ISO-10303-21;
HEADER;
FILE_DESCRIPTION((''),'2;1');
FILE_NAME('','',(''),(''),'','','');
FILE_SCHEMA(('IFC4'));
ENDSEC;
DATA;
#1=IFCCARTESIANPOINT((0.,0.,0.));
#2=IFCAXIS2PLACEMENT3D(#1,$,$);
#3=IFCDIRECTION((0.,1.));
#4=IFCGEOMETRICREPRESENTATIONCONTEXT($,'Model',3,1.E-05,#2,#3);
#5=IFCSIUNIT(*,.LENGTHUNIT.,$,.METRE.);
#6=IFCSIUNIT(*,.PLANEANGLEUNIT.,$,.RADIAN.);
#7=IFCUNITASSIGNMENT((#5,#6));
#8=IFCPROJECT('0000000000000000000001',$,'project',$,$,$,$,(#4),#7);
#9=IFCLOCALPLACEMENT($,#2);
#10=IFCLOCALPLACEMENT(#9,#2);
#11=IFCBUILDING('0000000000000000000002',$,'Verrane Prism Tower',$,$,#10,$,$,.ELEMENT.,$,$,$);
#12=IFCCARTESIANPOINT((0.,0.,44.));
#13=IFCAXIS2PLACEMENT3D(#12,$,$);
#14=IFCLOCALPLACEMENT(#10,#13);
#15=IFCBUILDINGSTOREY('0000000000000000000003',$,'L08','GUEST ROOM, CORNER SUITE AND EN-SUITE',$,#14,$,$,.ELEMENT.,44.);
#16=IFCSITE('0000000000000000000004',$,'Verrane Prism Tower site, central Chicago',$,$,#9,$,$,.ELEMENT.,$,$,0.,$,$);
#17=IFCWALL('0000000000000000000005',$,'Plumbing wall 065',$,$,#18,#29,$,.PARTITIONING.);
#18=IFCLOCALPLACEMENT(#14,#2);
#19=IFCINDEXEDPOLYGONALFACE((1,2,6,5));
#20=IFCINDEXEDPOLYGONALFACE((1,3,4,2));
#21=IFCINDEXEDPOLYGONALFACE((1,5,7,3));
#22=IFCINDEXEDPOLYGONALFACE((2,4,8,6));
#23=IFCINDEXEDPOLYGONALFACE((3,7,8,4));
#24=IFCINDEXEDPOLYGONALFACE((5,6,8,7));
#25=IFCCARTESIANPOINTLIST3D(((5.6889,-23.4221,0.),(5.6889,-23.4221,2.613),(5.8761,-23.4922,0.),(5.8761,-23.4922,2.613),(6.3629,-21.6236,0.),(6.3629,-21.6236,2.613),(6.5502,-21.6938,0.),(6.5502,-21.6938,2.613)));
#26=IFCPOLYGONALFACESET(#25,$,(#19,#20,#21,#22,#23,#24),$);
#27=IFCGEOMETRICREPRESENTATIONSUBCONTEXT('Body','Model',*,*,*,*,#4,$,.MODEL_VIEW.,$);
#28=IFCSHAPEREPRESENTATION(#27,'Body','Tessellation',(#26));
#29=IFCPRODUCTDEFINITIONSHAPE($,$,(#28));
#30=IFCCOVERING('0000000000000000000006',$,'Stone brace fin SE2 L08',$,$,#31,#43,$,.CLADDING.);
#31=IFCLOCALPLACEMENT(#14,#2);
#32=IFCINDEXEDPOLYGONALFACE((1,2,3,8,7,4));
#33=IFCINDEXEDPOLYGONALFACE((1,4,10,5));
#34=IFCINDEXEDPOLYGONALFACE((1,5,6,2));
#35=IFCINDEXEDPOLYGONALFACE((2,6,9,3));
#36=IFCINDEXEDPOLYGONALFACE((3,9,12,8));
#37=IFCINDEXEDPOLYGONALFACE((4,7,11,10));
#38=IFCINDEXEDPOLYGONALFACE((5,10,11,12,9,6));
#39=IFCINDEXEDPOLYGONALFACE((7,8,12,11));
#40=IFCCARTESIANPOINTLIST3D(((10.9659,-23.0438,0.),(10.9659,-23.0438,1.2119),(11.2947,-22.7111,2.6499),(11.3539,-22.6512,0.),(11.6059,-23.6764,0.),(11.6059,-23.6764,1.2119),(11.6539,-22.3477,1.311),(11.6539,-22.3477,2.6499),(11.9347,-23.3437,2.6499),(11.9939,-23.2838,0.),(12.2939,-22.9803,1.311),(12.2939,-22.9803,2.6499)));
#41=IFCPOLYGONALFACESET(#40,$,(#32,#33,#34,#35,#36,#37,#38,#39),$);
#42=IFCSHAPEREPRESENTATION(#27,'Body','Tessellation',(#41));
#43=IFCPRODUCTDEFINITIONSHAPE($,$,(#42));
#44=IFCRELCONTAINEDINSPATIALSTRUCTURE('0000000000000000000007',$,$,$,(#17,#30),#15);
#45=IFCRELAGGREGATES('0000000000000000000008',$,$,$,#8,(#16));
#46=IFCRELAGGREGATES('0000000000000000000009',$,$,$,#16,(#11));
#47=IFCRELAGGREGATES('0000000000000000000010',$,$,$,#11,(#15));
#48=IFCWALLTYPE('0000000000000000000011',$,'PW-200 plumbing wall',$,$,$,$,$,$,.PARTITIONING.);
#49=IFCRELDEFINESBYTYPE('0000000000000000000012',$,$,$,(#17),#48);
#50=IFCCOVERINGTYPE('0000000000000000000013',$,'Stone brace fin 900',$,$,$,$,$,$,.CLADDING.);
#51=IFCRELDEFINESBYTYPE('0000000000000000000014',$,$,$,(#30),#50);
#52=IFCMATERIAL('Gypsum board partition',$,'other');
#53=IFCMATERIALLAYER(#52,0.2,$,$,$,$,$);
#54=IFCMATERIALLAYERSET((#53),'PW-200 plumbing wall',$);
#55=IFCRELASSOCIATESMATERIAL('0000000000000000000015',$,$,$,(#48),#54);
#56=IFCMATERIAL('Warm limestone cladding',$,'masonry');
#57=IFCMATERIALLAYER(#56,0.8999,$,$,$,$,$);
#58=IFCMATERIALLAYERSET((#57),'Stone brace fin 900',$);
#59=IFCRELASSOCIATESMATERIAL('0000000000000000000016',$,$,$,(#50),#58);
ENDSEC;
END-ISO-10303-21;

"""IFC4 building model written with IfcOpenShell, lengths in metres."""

from ifc_helpers import new_model, si_unit, direction, frame, frame_2d, origin, place, context, subcontext, project, spatial, polyline, rectangle, outline, extrude, material, layer, layer_set, type_object, element, save


model = new_model("IFC4")

# Units and contexts
model_context = context("Model", 3, precision=1e-05, world=origin(), true_north=direction((0.0, 1.0)))
body_context = subcontext(model_context, "Body", "Model", "MODEL_VIEW")
ifc_project = project(units=[si_unit("LENGTHUNIT", "METRE"), si_unit("PLANEANGLEUNIT", "RADIAN")], contexts=[model_context])

# Site, building, storey
site_placement = place(None, origin())
site = spatial("IfcSite", under=ifc_project, at=site_placement, Name="Verrane Prism Tower site, central Chicago", CompositionType="ELEMENT", RefElevation=0.0)
building_placement = place(site_placement, origin())
building = spatial("IfcBuilding", under=site, at=building_placement, Name="Verrane Prism Tower", CompositionType="ELEMENT")
storey_placement = place(building_placement, frame((0.0, 0.0, 44.0)))
storey = spatial("IfcBuildingStorey", under=building, at=storey_placement, Name="L08", Description="GUEST ROOM, CORNER SUITE AND EN-SUITE", CompositionType="ELEMENT", Elevation=44.0)

# Shared definitions
ifc_material_1 = material(Name="Gypsum board partition", Category="other")
ifc_layer_1 = layer(ifc_material_1, 0.2)
ifc_layer_set_1 = layer_set([ifc_layer_1], Name="PW-200 plumbing wall")
wall_type_1 = type_object("IfcWallType", Name="PW-200 plumbing wall", PredefinedType="PARTITIONING", material=ifc_layer_set_1)

# Wall
wall_1_placement = place(storey_placement, frame((5.7825, -23.4573, 0.0), z_axis=(0.0, 0.0, 1.0), x_axis=(0.350942, 0.936397, 0.0)))
element("IfcWall", 1, at=wall_1_placement, inside=storey, type_object=wall_type_1, Name="Plumbing wall 065", PredefinedType="PARTITIONING", context=body_context, shape_type="SweptSolid", body=[
    extrude(rectangle(XDim=1.9207, YDim=0.2, at=frame_2d((0.9604, 0.0))), origin(), (0.0, 0.0, 1.0), 2.613),
])

# Covering
ifc_material_2 = material(Name="Warm limestone cladding", Category="masonry")
ifc_layer_2 = layer(ifc_material_2, 0.8999)
ifc_layer_set_2 = layer_set([ifc_layer_2], Name="Stone brace fin 900")
covering_type = type_object("IfcCoveringType", Name="Stone brace fin 900", PredefinedType="CLADDING", material=ifc_layer_set_2)
covering_placement = place(storey_placement, frame((11.2859, -23.3601, 0.0), z_axis=(0.0, 0.0, 1.0), x_axis=(0.702979, 0.711211, 0.0)))
element("IfcCovering", 2, at=covering_placement, inside=storey, type_object=covering_type, Name="Stone brace fin SE2 L08", PredefinedType="CLADDING", context=body_context, shape_type="SweptSolid", body=[
    extrude(outline(polyline([(0.9788, 2.6499), (0.4678, 2.6499), (0.0, 1.2119), (0.0, 0.0), (0.552, 0.0), (0.9788, 1.311), (0.9788, 2.6499)])), frame((0.0, 0.45, 0.0), z_axis=(0.0, -1.0, 0.0), x_axis=(1.0, 0.0, 0.0)), (0.0, 0.0, 1.0), 0.8999),
])

save(model, "model.ifc")
